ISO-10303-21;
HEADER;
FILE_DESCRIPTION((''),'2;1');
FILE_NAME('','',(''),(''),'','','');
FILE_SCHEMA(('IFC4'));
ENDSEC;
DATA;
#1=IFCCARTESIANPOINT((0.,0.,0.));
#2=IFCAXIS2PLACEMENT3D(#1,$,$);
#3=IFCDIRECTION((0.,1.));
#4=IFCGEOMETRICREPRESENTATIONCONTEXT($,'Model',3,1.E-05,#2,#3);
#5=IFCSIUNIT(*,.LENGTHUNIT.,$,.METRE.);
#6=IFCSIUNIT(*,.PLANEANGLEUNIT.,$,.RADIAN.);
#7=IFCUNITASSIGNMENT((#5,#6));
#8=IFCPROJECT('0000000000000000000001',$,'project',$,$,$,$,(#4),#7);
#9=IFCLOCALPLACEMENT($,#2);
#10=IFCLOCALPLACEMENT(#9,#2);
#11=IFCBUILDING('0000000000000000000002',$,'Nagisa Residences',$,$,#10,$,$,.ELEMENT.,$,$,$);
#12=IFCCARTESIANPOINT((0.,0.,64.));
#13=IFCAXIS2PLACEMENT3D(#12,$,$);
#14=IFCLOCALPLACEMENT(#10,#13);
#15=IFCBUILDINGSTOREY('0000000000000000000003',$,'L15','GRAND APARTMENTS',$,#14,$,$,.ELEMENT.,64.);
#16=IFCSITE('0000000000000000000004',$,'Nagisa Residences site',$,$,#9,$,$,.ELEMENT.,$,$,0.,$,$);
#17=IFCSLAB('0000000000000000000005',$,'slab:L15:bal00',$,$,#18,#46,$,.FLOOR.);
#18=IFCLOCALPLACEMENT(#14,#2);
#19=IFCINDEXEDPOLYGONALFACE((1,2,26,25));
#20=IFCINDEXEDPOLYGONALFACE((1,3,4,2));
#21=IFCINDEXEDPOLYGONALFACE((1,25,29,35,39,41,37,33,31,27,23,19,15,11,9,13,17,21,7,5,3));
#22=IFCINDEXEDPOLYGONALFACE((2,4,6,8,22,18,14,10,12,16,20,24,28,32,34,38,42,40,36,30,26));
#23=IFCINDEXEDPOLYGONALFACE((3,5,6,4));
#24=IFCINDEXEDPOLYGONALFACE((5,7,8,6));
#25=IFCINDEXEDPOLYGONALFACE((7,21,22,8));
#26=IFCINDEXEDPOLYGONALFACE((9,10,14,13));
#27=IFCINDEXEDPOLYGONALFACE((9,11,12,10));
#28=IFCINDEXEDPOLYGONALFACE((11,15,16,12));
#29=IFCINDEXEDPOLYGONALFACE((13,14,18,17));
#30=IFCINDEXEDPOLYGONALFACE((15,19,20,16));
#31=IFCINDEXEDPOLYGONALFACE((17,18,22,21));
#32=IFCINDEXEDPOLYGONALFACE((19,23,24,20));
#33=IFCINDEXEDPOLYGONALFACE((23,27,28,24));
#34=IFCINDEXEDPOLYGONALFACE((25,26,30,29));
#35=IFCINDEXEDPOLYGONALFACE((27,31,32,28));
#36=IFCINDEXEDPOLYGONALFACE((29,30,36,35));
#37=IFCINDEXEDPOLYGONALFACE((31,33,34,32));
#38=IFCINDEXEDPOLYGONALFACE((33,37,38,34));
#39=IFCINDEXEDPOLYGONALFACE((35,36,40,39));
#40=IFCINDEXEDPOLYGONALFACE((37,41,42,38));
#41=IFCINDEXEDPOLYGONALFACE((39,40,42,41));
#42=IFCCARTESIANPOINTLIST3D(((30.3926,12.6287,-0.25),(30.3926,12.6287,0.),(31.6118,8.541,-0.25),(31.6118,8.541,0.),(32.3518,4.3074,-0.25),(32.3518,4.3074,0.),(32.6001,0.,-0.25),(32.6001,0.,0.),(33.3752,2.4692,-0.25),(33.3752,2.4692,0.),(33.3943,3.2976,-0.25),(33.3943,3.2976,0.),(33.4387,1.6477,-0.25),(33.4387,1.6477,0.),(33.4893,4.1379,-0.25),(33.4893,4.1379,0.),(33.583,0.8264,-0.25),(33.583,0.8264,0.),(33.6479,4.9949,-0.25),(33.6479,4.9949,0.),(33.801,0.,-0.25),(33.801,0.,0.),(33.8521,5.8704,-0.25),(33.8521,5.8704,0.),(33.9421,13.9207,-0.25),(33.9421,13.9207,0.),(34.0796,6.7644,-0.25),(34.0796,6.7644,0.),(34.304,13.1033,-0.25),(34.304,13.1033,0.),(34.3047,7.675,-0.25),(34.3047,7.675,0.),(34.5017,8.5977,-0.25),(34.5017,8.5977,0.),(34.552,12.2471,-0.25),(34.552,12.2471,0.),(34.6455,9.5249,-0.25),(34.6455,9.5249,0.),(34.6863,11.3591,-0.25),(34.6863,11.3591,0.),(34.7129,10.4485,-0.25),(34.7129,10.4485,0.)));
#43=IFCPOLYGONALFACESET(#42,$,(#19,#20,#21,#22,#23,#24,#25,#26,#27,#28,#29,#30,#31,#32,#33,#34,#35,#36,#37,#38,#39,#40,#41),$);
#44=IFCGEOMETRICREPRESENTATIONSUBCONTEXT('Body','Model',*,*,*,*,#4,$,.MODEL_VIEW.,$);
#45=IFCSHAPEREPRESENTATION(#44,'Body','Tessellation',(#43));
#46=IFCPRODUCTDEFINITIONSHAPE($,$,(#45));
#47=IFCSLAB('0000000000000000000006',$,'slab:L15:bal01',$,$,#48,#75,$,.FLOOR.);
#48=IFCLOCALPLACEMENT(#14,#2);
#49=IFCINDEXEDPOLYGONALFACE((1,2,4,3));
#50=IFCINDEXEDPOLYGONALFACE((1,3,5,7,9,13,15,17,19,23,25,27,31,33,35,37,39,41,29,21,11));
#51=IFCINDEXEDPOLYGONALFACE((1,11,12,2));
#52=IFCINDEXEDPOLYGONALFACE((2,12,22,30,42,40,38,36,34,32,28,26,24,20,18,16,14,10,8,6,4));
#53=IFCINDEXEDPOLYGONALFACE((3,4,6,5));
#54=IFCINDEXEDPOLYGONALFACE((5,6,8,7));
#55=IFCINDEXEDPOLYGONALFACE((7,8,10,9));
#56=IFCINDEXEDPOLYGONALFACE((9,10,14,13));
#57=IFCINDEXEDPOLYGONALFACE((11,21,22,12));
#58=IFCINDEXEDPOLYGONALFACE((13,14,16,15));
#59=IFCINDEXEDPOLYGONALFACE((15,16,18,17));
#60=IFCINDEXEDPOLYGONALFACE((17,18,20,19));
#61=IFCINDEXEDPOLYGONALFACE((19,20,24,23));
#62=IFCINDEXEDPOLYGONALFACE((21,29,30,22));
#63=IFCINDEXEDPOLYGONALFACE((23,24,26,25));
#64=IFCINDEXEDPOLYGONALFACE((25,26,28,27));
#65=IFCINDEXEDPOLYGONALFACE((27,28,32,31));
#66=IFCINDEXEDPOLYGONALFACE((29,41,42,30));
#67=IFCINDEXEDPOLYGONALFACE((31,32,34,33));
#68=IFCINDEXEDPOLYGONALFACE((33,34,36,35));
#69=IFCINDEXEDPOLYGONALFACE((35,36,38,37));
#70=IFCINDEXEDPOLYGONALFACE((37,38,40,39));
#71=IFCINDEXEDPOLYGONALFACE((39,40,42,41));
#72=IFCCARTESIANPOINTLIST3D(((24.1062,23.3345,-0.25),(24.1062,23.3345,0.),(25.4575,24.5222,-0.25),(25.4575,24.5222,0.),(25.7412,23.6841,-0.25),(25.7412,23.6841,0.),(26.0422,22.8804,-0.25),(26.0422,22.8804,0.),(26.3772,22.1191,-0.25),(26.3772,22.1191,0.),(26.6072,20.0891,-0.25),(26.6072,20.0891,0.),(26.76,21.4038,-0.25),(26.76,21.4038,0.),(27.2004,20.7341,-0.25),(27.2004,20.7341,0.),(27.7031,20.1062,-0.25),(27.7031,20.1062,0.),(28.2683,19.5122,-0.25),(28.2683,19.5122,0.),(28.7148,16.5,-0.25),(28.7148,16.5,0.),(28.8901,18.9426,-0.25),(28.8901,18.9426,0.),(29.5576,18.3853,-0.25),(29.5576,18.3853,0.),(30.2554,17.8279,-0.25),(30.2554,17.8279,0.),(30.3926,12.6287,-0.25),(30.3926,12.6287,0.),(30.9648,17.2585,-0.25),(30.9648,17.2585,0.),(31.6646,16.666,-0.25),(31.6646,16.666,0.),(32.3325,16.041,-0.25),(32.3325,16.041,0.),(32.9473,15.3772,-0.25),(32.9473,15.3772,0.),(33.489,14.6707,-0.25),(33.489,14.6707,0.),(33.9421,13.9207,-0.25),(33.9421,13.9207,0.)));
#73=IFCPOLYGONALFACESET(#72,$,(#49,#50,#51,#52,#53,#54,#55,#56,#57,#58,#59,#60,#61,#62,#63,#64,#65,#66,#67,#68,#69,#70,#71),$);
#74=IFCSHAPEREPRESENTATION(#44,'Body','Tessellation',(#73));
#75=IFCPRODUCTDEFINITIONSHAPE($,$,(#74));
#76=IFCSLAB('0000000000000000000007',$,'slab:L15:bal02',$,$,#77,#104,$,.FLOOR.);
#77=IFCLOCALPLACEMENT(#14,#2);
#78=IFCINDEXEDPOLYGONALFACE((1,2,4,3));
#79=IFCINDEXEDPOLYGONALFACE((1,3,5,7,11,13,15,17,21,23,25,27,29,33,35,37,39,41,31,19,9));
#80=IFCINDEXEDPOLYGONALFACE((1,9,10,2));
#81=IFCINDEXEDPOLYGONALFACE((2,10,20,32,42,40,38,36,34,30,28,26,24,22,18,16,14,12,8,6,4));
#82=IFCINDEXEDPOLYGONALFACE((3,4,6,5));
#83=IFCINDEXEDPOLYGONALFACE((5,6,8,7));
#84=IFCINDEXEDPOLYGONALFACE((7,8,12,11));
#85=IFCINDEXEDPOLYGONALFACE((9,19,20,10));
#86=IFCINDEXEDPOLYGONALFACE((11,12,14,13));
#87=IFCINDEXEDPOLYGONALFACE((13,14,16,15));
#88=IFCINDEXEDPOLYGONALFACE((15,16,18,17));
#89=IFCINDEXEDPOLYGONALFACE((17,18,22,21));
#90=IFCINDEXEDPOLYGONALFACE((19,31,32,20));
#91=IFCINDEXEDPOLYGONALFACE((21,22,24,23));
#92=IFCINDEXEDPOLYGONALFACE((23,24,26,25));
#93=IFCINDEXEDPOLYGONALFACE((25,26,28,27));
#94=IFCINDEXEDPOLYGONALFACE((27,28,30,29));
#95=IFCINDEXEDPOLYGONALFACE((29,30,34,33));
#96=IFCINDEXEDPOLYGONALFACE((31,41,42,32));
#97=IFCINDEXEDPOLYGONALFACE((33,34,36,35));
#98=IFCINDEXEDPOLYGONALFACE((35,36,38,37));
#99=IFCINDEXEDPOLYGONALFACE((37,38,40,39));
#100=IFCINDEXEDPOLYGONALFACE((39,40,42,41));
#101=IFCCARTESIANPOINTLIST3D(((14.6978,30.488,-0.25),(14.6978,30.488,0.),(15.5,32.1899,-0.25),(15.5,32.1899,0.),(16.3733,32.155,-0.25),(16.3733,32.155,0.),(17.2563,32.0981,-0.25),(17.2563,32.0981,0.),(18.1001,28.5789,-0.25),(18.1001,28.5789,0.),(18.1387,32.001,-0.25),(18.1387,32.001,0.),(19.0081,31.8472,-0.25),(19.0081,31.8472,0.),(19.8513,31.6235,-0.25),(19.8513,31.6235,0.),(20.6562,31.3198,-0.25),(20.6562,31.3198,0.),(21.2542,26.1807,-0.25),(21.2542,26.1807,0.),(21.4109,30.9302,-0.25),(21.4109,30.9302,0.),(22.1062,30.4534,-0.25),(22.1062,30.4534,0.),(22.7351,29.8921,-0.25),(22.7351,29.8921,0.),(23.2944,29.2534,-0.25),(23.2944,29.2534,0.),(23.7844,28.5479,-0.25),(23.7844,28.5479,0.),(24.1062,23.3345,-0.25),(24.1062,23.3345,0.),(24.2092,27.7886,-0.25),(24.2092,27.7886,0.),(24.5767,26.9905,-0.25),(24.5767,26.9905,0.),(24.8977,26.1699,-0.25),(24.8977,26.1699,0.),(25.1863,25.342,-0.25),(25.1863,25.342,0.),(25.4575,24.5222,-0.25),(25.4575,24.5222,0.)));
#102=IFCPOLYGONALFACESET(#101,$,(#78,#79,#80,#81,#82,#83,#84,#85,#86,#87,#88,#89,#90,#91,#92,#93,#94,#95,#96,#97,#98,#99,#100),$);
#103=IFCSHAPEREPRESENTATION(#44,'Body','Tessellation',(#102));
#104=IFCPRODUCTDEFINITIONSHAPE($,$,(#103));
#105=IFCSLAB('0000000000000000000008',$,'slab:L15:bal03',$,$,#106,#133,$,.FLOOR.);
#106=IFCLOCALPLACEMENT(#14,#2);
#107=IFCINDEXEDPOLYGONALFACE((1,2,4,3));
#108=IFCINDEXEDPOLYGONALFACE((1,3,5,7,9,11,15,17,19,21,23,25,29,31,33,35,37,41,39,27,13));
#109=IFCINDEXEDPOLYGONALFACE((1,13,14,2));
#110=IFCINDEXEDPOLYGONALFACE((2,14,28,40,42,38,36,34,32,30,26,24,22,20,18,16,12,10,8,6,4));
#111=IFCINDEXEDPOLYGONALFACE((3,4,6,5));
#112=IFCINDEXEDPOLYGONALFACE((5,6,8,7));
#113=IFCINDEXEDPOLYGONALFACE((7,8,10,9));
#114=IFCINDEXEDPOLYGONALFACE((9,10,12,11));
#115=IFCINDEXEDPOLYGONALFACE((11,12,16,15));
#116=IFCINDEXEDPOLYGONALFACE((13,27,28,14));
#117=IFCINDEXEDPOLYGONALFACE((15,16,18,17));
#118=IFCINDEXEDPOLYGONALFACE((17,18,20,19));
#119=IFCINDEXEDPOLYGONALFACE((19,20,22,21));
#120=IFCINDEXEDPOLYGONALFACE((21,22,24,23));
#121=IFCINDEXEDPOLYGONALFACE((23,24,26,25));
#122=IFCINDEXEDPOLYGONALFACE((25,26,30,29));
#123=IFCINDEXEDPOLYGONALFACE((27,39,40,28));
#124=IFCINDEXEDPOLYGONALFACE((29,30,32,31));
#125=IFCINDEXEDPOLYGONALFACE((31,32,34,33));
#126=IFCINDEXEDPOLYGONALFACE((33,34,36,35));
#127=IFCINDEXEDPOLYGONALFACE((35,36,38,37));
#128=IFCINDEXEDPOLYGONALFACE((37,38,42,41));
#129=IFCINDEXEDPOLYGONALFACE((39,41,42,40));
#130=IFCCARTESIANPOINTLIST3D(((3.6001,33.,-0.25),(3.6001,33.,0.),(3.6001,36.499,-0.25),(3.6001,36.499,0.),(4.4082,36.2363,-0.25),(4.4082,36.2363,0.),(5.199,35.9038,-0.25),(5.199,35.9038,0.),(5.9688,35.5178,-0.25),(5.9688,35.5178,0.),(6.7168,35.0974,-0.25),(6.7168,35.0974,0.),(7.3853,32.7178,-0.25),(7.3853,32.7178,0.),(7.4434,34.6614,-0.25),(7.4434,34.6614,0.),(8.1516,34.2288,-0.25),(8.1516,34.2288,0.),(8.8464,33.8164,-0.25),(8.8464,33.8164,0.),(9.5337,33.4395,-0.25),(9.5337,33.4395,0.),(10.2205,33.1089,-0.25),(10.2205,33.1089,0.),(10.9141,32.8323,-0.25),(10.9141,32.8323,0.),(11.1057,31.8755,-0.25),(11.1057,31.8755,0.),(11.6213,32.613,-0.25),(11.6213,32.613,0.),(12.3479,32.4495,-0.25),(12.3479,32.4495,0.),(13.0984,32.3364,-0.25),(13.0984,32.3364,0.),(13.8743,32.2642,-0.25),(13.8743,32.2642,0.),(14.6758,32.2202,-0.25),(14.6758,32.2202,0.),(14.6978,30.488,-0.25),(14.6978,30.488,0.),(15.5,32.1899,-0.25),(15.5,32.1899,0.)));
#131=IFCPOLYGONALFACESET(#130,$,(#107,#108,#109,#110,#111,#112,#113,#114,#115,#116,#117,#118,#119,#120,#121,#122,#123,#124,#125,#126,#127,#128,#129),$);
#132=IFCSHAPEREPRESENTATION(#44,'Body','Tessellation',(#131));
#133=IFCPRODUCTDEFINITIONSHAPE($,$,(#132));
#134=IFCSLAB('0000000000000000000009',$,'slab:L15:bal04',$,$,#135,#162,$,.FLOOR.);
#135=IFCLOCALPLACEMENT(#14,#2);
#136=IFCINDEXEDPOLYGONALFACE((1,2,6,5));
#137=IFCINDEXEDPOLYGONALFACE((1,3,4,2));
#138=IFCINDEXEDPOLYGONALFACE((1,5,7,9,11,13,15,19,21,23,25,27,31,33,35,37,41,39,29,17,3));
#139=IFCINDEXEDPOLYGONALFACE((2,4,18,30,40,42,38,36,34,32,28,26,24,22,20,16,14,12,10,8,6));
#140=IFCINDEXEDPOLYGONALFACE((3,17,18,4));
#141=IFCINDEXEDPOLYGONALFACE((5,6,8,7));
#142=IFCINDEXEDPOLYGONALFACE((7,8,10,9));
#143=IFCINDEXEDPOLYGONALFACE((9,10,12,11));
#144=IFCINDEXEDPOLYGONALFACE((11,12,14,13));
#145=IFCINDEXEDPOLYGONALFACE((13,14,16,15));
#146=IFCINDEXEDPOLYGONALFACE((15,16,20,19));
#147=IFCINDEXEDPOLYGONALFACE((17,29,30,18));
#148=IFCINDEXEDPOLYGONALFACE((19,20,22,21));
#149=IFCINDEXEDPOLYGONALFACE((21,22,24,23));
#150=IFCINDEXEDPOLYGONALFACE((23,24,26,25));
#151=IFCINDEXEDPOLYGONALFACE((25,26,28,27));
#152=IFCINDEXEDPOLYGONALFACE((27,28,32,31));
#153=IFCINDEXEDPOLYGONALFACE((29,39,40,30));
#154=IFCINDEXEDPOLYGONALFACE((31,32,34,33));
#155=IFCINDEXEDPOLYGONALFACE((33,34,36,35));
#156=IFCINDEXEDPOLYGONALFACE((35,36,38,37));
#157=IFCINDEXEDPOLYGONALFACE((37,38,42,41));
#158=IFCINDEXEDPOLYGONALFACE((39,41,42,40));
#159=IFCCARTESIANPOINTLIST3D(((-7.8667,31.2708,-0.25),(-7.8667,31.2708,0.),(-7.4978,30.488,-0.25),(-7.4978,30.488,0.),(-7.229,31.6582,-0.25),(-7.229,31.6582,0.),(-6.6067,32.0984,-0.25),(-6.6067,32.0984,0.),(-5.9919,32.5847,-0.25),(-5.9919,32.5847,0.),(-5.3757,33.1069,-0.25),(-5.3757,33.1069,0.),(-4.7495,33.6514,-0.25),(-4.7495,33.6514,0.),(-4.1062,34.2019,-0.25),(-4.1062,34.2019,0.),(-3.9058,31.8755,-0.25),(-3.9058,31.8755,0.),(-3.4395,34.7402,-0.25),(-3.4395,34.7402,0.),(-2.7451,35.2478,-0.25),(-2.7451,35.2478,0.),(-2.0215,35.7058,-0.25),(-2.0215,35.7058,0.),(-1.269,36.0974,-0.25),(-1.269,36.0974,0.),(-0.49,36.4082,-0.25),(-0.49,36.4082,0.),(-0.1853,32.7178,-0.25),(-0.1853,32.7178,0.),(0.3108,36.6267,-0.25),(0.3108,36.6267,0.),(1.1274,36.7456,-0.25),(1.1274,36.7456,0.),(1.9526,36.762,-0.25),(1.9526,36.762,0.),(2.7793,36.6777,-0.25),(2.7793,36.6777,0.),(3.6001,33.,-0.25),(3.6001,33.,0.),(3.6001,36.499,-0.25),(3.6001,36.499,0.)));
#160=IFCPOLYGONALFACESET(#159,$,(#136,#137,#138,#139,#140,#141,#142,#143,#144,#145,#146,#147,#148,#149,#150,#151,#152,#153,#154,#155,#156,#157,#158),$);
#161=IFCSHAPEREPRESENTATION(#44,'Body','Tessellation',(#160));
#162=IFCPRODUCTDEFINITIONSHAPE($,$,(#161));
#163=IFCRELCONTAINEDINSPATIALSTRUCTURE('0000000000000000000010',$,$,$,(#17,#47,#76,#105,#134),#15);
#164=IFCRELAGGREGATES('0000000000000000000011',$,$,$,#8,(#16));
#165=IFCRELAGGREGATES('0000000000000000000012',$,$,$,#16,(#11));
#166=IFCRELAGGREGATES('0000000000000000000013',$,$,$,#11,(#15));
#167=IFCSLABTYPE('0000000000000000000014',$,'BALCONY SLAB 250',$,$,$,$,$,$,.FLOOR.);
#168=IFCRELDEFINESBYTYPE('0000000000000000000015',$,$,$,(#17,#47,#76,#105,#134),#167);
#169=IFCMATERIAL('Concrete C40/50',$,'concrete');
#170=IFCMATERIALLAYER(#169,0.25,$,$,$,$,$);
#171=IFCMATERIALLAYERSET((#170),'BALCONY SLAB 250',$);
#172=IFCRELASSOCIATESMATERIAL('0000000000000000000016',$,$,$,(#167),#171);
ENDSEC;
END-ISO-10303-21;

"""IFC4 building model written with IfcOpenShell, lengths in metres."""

from ifc_helpers import new_model, si_unit, direction, frame, origin, place, context, subcontext, project, spatial, polyline, outline, extrude, material, layer, layer_set, type_object, element, save


model = new_model("IFC4")

# Units and contexts
model_context = context("Model", 3, precision=1e-05, world=origin(), true_north=direction((0.0, 1.0)))
body_context = subcontext(model_context, "Body", "Model", "MODEL_VIEW")
ifc_project = project(units=[si_unit("LENGTHUNIT", "METRE"), si_unit("PLANEANGLEUNIT", "RADIAN")], contexts=[model_context])

# Site, building, storey
site_placement = place(None, origin())
site = spatial("IfcSite", under=ifc_project, at=site_placement, Name="Nagisa Residences site", CompositionType="ELEMENT", RefElevation=0.0)
building_placement = place(site_placement, origin())
building = spatial("IfcBuilding", under=site, at=building_placement, Name="Nagisa Residences", CompositionType="ELEMENT")
storey_placement = place(building_placement, frame((0.0, 0.0, 64.0)))
storey = spatial("IfcBuildingStorey", under=building, at=storey_placement, Name="L15", Description="GRAND APARTMENTS", CompositionType="ELEMENT", Elevation=64.0)

# Slabs
ifc_material_1 = material(Name="Concrete C40/50", Category="concrete")
ifc_layer_1 = layer(ifc_material_1, 0.25)
ifc_layer_set_1 = layer_set([ifc_layer_1], Name="BALCONY SLAB 250")
slab_type_1 = type_object("IfcSlabType", Name="BALCONY SLAB 250", PredefinedType="FLOOR", material=ifc_layer_set_1)
slab_1_placement = place(storey_placement, frame((0.0, 0.0, -0.25)))
element("IfcSlab", 1, at=slab_1_placement, inside=storey, type_object=slab_type_1, Name="slab:L15:bal00", PredefinedType="FLOOR", context=body_context, shape_type="SweptSolid", body=[
    extrude(outline(polyline([(33.801, 0.0), (33.583, 0.8264), (33.4387, 1.6477), (33.3752, 2.4692), (33.3943, 3.2976), (33.4893, 4.1379), (33.6479, 4.9949), (33.8521, 5.8704), (34.0796, 6.7644), (34.3047, 7.675), (34.5017, 8.5977), (34.6455, 9.5249), (34.7129, 10.4485), (34.6863, 11.3591), (34.552, 12.2471), (34.304, 13.1033), (33.9421, 13.9207), (30.3926, 12.6287), (31.6118, 8.541), (32.3518, 4.3074), (32.6001, 0.0), (33.801, 0.0)])), origin(), (0.0, 0.0, 1.0), 0.25),
])
slab_2_placement = place(storey_placement, frame((0.0, 0.0, -0.25)))
element("IfcSlab", 2, at=slab_2_placement, inside=storey, type_object=slab_type_1, Name="slab:L15:bal01", PredefinedType="FLOOR", context=body_context, shape_type="SweptSolid", body=[
    extrude(outline(polyline([(33.9421, 13.9207), (33.489, 14.6707), (32.9473, 15.3772), (32.3325, 16.041), (31.6646, 16.666), (30.9648, 17.2585), (30.2554, 17.8279), (29.5576, 18.3853), (28.8901, 18.9426), (28.2683, 19.5122), (27.7031, 20.1062), (27.2004, 20.7341), (26.76, 21.4038), (26.3772, 22.1191), (26.0422, 22.8804), (25.7412, 23.6841), (25.4575, 24.5222), (24.1062, 23.3345), (26.6072, 20.0891), (28.7148, 16.5), (30.3926, 12.6287), (33.9421, 13.9207)])), origin(), (0.0, 0.0, 1.0), 0.25),
])
slab_3_placement = place(storey_placement, frame((0.0, 0.0, -0.25)))
element("IfcSlab", 3, at=slab_3_placement, inside=storey, type_object=slab_type_1, Name="slab:L15:bal02", PredefinedType="FLOOR", context=body_context, shape_type="SweptSolid", body=[
    extrude(outline(polyline([(25.4575, 24.5222), (25.1863, 25.342), (24.8977, 26.1699), (24.5767, 26.9905), (24.2092, 27.7886), (23.7844, 28.5479), (23.2944, 29.2534), (22.7351, 29.8921), (22.1062, 30.4534), (21.4109, 30.9302), (20.6562, 31.3198), (19.8513, 31.6235), (19.0081, 31.8472), (18.1387, 32.001), (17.2563, 32.0981), (16.3733, 32.155), (15.5, 32.1899), (14.6978, 30.488), (18.1001, 28.5789), (21.2542, 26.1807), (24.1062, 23.3345), (25.4575, 24.5222)])), origin(), (0.0, 0.0, 1.0), 0.25),
])
slab_4_placement = place(storey_placement, frame((0.0, 0.0, -0.25)))
element("IfcSlab", 4, at=slab_4_placement, inside=storey, type_object=slab_type_1, Name="slab:L15:bal03", PredefinedType="FLOOR", context=body_context, shape_type="SweptSolid", body=[
    extrude(outline(polyline([(15.5, 32.1899), (14.6758, 32.2202), (13.8743, 32.2642), (13.0984, 32.3364), (12.3479, 32.4495), (11.6213, 32.613), (10.9141, 32.8323), (10.2205, 33.1089), (9.5337, 33.4395), (8.8464, 33.8164), (8.1516, 34.2288), (7.4434, 34.6614), (6.7168, 35.0974), (5.9688, 35.5178), (5.199, 35.9038), (4.4082, 36.2363), (3.6001, 36.499), (3.6001, 33.0), (7.3853, 32.7178), (11.1057, 31.8755), (14.6978, 30.488), (15.5, 32.1899)])), origin(), (0.0, 0.0, 1.0), 0.25),
])
slab_5_placement = place(storey_placement, frame((0.0, 0.0, -0.25)))
element("IfcSlab", 5, at=slab_5_placement, inside=storey, type_object=slab_type_1, Name="slab:L15:bal04", PredefinedType="FLOOR", context=body_context, shape_type="SweptSolid", body=[
    extrude(outline(polyline([(3.6001, 36.499), (2.7793, 36.6777), (1.9526, 36.762), (1.1274, 36.7456), (0.3108, 36.6267), (-0.49, 36.4082), (-1.269, 36.0974), (-2.0215, 35.7058), (-2.7451, 35.2478), (-3.4395, 34.7402), (-4.1062, 34.2019), (-4.7495, 33.6514), (-5.3757, 33.1069), (-5.9919, 32.5847), (-6.6067, 32.0984), (-7.229, 31.6582), (-7.8667, 31.2708), (-7.4978, 30.488), (-3.9058, 31.8755), (-0.1853, 32.7178), (3.6001, 33.0), (3.6001, 36.499)])), origin(), (0.0, 0.0, 1.0), 0.25),
])

save(model, "model.ifc")
